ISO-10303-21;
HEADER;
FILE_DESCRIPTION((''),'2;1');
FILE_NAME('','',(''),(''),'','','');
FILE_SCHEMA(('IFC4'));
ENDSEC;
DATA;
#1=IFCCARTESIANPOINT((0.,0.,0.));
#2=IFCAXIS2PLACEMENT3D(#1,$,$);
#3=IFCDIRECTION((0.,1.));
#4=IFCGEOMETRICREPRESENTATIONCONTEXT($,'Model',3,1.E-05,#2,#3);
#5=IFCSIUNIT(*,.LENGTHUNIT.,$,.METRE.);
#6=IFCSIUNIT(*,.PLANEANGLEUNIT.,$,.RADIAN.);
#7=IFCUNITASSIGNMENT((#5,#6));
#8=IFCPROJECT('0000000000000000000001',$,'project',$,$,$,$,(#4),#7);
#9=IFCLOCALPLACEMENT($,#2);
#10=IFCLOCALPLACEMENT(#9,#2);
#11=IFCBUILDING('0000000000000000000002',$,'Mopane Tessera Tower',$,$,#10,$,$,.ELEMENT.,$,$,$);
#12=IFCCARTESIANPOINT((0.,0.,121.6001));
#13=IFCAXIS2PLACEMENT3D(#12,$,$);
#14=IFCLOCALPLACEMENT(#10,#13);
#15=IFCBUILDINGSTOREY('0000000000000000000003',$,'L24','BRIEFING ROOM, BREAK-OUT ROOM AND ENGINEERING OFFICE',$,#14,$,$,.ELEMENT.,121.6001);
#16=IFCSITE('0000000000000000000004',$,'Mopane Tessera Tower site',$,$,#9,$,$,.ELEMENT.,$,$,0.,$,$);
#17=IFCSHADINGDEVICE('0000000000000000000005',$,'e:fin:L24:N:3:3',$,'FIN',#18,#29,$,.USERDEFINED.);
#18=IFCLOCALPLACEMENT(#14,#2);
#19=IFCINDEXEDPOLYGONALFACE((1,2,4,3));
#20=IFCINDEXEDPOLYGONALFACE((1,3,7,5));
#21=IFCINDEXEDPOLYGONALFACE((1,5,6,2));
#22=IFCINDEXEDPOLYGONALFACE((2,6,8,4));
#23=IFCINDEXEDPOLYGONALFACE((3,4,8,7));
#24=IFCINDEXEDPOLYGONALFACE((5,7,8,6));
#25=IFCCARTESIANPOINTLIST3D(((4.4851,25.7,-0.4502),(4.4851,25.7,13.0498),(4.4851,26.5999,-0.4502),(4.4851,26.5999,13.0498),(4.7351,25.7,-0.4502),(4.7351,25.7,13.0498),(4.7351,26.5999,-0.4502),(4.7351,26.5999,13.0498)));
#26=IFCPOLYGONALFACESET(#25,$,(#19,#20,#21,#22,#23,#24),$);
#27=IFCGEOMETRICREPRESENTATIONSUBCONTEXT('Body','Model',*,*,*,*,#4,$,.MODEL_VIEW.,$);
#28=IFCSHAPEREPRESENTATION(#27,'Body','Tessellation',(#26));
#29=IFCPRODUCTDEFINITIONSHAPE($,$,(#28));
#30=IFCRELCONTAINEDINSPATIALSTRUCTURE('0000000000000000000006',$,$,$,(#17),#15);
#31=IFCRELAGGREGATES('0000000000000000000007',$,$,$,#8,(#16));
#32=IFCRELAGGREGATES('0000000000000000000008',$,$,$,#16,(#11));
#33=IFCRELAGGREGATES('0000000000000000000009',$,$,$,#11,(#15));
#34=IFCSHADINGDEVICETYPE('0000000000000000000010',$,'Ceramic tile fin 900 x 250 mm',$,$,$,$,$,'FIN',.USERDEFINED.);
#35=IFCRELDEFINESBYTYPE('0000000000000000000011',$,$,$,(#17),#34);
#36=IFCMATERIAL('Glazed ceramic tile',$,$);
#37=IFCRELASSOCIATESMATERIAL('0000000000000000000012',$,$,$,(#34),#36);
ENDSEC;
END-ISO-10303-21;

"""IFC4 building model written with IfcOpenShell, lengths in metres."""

from ifc_helpers import new_model, si_unit, direction, frame, origin, origin_2d, place, context, subcontext, project, spatial, rectangle, extrude, material, type_object, element, save


model = new_model("IFC4")

# Units and contexts
model_context = context("Model", 3, precision=1e-05, world=origin(), true_north=direction((0.0, 1.0)))
body_context = subcontext(model_context, "Body", "Model", "MODEL_VIEW")
ifc_project = project(units=[si_unit("LENGTHUNIT", "METRE"), si_unit("PLANEANGLEUNIT", "RADIAN")], contexts=[model_context])

# Site, building, storey
site_placement = place(None, origin())
site = spatial("IfcSite", under=ifc_project, at=site_placement, Name="Mopane Tessera Tower site", CompositionType="ELEMENT", RefElevation=0.0)
building_placement = place(site_placement, origin())
building = spatial("IfcBuilding", under=site, at=building_placement, Name="Mopane Tessera Tower", CompositionType="ELEMENT")
storey_placement = place(building_placement, frame((0.0, 0.0, 121.6001)))
storey = spatial("IfcBuildingStorey", under=building, at=storey_placement, Name="L24", Description="BRIEFING ROOM, BREAK-OUT ROOM AND ENGINEERING OFFICE", CompositionType="ELEMENT", Elevation=121.6001)

# Shading device
ifc_material_1 = material(Name="Glazed ceramic tile")
shading_device_type = type_object("IfcShadingDeviceType", Name="Ceramic tile fin 900 x 250 mm", ElementType="FIN", PredefinedType="USERDEFINED", material=ifc_material_1)
for number, where, z_axis, x_axis, name in (
    (1, (4.6101, 26.1499, -0.4502), (0.0, 0.0, 1.0), (-1.0, 0.0, 0.0), "e:fin:L24:N:3:3"),
):
    element("IfcShadingDevice", number, at=place(storey_placement, frame(where, z_axis=z_axis, x_axis=x_axis)), inside=storey, type_object=shading_device_type, Name=name, ObjectType="FIN", PredefinedType="USERDEFINED", context=body_context, shape_type="SweptSolid", body=[
        extrude(rectangle(XDim=0.25, YDim=0.8999, at=origin_2d()), origin(), (0.0, 0.0, 1.0), 13.5),
    ])

save(model, "model.ifc")
